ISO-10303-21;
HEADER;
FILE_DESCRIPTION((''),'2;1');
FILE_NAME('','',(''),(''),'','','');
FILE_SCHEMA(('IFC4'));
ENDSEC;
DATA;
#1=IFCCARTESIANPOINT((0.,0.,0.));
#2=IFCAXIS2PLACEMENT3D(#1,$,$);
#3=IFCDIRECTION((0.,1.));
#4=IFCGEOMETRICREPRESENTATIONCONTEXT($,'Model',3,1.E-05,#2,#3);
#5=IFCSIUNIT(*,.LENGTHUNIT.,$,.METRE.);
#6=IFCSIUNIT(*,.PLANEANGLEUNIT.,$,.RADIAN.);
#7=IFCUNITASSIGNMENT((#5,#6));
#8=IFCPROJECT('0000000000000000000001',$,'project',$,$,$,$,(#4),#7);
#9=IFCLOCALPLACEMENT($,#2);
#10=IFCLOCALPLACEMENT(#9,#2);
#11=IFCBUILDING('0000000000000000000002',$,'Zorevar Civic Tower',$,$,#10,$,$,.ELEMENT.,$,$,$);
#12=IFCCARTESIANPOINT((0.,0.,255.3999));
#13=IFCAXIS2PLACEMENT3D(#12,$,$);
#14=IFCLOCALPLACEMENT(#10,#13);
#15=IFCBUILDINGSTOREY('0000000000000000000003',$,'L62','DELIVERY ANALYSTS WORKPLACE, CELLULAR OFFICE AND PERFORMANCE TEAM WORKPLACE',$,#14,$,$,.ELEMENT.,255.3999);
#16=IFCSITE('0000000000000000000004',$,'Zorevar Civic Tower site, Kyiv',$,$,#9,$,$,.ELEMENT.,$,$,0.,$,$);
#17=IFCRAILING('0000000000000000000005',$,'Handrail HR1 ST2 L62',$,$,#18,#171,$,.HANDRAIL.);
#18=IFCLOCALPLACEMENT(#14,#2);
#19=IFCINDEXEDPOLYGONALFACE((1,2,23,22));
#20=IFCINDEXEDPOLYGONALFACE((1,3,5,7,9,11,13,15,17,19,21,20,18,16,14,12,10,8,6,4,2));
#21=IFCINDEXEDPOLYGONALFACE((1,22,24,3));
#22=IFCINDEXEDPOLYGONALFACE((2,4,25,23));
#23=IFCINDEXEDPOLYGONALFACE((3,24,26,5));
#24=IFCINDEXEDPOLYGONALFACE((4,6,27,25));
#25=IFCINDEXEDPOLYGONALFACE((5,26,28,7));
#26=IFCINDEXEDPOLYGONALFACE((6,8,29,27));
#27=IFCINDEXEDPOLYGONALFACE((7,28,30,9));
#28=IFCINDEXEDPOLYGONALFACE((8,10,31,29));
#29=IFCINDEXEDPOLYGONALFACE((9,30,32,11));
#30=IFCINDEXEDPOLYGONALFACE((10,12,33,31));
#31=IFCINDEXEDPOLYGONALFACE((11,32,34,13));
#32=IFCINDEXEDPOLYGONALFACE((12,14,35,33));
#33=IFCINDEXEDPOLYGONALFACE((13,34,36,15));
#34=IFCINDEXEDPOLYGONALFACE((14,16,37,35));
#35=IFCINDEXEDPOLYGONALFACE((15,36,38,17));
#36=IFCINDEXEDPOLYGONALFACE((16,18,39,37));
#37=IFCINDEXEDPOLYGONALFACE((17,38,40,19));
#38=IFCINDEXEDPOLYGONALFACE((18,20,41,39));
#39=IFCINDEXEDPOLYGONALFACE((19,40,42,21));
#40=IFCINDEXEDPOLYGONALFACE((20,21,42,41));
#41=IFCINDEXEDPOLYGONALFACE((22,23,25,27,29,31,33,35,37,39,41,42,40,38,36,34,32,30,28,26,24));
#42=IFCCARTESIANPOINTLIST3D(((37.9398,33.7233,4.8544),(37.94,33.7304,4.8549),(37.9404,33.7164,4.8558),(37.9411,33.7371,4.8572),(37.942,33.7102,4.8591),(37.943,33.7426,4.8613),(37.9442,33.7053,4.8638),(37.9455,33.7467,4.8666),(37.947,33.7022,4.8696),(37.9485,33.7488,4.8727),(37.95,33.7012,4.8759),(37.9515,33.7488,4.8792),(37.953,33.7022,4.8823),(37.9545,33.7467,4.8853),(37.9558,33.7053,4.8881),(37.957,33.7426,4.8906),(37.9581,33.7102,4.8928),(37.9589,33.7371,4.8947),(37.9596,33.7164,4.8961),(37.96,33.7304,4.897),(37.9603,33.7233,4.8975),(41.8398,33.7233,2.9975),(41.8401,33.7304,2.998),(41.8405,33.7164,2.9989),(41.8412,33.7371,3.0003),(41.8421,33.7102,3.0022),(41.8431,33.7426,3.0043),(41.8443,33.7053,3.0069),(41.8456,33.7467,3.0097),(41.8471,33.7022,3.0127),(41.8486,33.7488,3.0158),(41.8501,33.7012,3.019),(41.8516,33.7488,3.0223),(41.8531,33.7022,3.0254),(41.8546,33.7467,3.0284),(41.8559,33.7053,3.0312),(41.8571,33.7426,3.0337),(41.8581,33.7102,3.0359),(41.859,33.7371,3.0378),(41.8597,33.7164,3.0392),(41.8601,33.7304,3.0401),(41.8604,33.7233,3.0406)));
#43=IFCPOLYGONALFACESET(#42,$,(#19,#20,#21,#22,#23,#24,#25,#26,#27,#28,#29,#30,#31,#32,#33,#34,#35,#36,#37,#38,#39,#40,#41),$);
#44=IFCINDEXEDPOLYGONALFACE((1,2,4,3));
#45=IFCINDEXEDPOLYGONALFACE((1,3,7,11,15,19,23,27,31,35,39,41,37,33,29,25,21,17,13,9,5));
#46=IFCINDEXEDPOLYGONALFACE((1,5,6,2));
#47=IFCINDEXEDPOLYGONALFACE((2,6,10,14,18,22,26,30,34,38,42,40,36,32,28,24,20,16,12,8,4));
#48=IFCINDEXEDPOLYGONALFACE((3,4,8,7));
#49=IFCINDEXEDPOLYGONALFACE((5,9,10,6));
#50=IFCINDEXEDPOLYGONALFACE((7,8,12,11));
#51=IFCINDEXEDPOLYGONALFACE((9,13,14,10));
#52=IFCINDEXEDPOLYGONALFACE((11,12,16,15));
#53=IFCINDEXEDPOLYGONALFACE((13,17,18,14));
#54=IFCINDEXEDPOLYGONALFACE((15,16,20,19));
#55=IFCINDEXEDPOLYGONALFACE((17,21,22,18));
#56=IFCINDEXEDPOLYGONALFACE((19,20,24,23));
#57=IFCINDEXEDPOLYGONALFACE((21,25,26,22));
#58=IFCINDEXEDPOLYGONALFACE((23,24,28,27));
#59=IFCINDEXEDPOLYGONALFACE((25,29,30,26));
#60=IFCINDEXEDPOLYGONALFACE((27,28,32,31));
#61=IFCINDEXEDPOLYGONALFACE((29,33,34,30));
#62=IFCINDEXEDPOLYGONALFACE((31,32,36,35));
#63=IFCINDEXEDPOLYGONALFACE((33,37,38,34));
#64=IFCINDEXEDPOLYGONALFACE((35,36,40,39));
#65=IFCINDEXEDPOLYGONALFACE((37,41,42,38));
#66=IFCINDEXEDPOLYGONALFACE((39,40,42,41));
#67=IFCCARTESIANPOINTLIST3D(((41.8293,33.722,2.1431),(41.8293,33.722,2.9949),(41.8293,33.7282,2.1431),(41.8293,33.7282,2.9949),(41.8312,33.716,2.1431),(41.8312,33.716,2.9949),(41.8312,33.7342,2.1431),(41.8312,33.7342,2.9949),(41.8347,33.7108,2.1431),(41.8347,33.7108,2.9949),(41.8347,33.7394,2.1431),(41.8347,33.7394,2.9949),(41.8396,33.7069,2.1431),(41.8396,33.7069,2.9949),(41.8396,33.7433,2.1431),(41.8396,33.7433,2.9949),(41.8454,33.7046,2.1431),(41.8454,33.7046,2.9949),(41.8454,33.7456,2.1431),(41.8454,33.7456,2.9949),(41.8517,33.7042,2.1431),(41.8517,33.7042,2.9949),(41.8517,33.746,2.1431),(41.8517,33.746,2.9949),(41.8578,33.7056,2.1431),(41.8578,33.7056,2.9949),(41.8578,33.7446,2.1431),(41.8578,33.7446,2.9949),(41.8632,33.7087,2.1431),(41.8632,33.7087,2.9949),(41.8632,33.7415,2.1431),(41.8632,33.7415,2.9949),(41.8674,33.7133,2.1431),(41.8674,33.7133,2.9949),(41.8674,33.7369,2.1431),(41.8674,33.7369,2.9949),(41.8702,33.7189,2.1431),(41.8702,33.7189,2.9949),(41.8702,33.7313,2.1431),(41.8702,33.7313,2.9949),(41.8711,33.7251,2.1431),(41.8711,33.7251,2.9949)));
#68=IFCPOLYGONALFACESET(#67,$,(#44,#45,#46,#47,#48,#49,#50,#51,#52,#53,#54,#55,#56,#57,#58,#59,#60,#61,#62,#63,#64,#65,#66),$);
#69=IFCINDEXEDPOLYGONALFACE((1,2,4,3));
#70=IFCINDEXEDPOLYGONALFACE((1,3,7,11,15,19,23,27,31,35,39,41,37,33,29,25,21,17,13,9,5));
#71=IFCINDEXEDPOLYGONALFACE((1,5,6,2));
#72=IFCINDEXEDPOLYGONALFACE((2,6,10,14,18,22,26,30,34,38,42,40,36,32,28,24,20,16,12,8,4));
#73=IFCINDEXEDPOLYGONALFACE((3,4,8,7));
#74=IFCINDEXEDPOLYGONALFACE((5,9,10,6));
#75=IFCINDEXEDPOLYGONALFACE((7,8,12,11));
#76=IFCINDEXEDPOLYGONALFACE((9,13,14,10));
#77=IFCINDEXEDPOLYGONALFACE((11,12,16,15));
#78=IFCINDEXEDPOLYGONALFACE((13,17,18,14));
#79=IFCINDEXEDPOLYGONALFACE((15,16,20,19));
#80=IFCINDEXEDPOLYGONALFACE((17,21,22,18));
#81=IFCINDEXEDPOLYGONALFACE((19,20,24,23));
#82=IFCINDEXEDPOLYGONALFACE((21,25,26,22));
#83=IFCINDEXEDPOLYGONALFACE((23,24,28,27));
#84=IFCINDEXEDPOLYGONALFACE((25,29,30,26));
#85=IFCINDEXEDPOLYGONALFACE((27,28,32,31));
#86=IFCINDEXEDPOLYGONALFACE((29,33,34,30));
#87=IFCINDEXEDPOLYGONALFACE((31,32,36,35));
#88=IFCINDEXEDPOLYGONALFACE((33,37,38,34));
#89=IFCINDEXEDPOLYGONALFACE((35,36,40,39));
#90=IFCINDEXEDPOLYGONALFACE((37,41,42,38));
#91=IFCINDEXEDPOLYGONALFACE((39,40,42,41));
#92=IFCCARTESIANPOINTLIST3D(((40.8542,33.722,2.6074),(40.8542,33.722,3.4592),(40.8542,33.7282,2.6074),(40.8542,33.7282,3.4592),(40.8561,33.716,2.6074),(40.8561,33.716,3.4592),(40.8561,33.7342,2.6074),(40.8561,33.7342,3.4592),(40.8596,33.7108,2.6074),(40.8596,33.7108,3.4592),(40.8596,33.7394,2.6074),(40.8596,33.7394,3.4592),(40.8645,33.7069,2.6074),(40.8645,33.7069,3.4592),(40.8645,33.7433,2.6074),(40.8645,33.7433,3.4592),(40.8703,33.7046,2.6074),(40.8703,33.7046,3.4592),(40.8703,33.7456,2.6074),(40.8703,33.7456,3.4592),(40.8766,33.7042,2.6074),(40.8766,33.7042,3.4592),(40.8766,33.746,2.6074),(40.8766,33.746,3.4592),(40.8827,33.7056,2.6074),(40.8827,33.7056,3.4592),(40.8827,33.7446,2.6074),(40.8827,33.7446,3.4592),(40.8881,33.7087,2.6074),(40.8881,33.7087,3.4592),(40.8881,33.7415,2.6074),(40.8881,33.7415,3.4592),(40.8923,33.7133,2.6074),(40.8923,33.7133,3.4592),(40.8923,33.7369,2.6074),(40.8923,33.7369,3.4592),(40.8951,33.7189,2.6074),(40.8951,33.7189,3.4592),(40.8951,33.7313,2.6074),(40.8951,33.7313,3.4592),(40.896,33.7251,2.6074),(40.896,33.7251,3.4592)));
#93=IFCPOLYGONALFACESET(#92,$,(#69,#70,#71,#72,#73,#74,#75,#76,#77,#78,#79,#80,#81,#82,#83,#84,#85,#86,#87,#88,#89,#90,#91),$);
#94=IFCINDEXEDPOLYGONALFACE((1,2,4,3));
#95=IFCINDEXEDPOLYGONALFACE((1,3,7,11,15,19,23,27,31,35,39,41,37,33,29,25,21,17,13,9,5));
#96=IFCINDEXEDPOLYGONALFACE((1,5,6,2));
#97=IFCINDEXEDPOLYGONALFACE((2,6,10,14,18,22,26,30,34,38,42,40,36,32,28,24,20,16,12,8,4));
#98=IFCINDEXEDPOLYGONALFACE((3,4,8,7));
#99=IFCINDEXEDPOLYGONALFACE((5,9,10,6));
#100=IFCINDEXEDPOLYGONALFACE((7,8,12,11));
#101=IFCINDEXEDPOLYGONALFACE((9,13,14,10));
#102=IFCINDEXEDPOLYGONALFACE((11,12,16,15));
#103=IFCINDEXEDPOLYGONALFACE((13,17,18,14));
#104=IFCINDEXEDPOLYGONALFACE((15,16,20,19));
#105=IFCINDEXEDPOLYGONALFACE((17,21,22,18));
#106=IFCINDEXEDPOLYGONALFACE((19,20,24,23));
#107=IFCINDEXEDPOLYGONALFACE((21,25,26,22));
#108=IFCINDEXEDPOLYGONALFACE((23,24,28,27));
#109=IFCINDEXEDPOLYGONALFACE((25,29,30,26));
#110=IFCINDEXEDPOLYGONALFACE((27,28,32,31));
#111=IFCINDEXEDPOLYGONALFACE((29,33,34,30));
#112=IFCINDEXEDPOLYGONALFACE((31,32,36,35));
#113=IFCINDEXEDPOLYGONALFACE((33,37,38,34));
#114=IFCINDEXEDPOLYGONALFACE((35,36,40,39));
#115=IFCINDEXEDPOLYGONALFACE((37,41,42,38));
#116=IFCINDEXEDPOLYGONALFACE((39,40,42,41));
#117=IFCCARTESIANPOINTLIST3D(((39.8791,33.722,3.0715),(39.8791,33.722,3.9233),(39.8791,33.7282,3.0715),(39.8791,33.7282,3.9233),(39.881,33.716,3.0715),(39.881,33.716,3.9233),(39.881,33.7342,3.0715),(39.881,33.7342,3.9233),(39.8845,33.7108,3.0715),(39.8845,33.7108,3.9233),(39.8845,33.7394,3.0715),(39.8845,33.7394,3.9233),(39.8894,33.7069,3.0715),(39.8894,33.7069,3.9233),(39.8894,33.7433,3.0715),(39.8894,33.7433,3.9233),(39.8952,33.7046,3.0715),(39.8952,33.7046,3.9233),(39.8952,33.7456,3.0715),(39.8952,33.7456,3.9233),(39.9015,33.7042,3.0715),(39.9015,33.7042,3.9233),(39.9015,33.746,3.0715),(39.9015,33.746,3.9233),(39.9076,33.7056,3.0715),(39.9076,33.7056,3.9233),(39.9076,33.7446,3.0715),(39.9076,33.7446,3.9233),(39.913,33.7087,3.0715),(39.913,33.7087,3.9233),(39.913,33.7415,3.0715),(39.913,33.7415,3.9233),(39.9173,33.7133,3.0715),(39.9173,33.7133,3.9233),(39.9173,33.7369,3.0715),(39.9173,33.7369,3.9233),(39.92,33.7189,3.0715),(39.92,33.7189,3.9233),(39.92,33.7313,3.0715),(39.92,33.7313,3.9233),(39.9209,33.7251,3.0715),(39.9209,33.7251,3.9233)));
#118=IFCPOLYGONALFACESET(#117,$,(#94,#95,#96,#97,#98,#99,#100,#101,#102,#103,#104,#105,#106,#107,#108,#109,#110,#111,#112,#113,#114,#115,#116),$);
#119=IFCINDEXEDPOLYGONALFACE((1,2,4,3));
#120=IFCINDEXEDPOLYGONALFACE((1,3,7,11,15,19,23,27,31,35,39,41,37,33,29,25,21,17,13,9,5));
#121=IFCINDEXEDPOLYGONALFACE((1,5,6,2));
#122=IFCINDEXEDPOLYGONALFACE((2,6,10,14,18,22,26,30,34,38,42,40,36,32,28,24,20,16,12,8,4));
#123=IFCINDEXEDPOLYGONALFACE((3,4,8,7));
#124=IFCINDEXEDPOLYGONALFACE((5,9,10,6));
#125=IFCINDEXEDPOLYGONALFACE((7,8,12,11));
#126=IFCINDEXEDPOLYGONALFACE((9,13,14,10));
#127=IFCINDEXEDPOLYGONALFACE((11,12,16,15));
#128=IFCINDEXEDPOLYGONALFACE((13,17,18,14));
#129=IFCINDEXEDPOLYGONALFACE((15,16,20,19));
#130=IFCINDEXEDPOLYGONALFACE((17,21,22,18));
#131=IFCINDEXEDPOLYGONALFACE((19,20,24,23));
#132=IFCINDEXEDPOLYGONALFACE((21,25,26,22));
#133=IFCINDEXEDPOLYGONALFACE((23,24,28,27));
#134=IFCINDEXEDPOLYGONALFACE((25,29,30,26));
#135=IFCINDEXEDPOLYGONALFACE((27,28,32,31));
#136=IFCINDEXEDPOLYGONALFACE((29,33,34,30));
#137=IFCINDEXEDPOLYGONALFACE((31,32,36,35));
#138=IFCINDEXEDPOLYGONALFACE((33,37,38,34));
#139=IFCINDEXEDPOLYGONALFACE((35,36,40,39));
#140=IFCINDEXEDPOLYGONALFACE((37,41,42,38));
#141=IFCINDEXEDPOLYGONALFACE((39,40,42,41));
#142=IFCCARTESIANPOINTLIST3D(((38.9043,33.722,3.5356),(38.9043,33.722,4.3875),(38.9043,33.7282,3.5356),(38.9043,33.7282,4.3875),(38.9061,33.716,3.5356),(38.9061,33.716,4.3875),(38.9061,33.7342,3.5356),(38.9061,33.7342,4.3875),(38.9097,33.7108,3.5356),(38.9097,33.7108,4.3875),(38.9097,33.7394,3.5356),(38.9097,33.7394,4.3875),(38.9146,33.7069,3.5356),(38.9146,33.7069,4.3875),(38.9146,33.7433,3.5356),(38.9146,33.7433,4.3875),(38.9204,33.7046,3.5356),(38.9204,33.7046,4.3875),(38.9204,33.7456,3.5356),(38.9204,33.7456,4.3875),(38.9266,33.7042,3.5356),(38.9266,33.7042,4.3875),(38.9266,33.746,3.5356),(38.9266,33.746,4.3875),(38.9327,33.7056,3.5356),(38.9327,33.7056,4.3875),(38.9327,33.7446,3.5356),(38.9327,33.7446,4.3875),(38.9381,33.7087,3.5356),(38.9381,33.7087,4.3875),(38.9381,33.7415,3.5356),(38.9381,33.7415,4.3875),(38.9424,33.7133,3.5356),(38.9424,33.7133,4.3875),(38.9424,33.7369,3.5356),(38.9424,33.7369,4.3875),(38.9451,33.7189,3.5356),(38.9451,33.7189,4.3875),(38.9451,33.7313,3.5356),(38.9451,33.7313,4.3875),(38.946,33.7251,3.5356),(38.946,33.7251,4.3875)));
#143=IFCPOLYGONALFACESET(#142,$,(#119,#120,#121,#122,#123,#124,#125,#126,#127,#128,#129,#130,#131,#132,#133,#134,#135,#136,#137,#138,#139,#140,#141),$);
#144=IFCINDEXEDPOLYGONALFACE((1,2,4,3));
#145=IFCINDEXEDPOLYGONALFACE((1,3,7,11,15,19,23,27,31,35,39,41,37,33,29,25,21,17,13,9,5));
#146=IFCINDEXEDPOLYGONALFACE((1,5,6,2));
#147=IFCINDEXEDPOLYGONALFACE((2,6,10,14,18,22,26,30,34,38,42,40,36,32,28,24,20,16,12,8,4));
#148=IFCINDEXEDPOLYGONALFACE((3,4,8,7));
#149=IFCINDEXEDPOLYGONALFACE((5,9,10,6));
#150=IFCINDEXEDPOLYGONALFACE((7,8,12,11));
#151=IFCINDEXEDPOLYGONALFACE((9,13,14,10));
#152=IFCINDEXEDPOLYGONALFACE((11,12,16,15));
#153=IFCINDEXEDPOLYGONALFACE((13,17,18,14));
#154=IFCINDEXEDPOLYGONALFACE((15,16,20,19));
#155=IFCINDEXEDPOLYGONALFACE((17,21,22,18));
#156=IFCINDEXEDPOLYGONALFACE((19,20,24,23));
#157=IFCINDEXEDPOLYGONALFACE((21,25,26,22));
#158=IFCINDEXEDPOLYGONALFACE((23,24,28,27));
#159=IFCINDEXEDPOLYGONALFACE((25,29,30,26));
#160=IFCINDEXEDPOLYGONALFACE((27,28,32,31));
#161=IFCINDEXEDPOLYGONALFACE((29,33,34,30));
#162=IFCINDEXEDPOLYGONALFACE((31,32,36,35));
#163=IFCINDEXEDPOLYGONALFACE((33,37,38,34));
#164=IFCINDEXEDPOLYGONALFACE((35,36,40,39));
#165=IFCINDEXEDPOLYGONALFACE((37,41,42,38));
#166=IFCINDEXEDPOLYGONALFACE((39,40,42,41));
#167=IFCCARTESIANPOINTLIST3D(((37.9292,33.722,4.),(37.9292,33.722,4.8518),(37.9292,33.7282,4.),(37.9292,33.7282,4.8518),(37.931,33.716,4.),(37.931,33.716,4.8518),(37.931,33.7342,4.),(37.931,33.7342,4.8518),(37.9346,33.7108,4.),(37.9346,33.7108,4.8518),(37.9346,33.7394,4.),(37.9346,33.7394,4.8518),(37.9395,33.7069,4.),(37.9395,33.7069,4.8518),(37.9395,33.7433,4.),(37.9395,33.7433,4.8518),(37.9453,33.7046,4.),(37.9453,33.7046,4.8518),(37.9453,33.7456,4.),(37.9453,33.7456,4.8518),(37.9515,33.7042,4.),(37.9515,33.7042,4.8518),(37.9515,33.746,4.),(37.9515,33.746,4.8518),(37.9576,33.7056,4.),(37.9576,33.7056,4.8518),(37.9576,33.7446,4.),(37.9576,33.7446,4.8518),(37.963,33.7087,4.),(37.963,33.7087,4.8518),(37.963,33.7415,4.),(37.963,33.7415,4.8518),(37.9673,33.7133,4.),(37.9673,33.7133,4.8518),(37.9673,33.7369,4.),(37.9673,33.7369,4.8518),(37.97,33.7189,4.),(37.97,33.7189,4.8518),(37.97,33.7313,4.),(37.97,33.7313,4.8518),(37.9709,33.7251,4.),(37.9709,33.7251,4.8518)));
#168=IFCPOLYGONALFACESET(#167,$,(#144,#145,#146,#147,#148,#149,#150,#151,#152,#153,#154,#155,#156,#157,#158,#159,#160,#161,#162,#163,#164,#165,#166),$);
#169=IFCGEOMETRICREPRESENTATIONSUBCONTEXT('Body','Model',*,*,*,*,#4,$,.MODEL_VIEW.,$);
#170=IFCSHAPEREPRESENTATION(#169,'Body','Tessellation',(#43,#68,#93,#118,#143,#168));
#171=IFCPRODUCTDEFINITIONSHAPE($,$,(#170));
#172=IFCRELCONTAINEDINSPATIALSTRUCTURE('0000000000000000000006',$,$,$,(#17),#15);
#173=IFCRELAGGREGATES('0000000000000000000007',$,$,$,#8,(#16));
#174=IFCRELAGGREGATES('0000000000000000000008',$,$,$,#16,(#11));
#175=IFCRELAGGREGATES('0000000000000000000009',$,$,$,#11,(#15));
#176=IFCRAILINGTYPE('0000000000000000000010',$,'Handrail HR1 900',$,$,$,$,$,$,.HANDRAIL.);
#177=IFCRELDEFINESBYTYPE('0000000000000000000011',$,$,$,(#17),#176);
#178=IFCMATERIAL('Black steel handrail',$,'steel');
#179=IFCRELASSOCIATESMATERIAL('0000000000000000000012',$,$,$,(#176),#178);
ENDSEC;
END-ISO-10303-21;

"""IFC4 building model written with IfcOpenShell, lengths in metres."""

from ifc_helpers import new_model, si_unit, direction, frame, origin, origin_2d, place, context, subcontext, project, spatial, circle, extrude, material, type_object, element, save


model = new_model("IFC4")

# Units and contexts
model_context = context("Model", 3, precision=1e-05, world=origin(), true_north=direction((0.0, 1.0)))
body_context = subcontext(model_context, "Body", "Model", "MODEL_VIEW")
ifc_project = project(units=[si_unit("LENGTHUNIT", "METRE"), si_unit("PLANEANGLEUNIT", "RADIAN")], contexts=[model_context])

# Site, building, storey
site_placement = place(None, origin())
site = spatial("IfcSite", under=ifc_project, at=site_placement, Name="Zorevar Civic Tower site, Kyiv", CompositionType="ELEMENT", RefElevation=0.0)
building_placement = place(site_placement, origin())
building = spatial("IfcBuilding", under=site, at=building_placement, Name="Zorevar Civic Tower", CompositionType="ELEMENT")
storey_placement = place(building_placement, frame((0.0, 0.0, 255.3999)))
storey = spatial("IfcBuildingStorey", under=building, at=storey_placement, Name="L62", Description="DELIVERY ANALYSTS WORKPLACE, CELLULAR OFFICE AND PERFORMANCE TEAM WORKPLACE", CompositionType="ELEMENT", Elevation=255.3999)

# Railing
ifc_material_1 = material(Name="Black steel handrail", Category="steel")
railing_type = type_object("IfcRailingType", Name="Handrail HR1 900", PredefinedType="HANDRAIL", material=ifc_material_1)
railing_1_placement = place(storey_placement, frame((41.8501, 33.7251, 2.1431)))
element("IfcRailing", 1, at=railing_1_placement, inside=storey, type_object=railing_type, Name="Handrail HR1 ST2 L62", PredefinedType="HANDRAIL", context=body_context, shape_type="SweptSolid", body=[
    extrude(circle(Radius=0.0239, at=origin_2d()), frame((0.0, 0.0, 0.876), z_axis=(-0.902886, 0.0, 0.429881), x_axis=(0.0, -1.0, 0.0)), (0.0, 0.0, 1.0), 4.3196),
    extrude(circle(Radius=0.021, at=origin_2d()), origin(), (0.0, 0.0, 1.0), 0.8518),
    extrude(circle(Radius=0.021, at=origin_2d()), frame((-0.9751, 0.0, 0.4644)), (0.0, 0.0, 1.0), 0.8518),
    extrude(circle(Radius=0.021, at=origin_2d()), frame((-1.9502, 0.0, 0.9285)), (0.0, 0.0, 1.0), 0.8518),
    extrude(circle(Radius=0.021, at=origin_2d()), frame((-2.925, 0.0, 1.3926)), (0.0, 0.0, 1.0), 0.8518),
    extrude(circle(Radius=0.021, at=origin_2d()), frame((-3.9001, 0.0, 1.8569)), (0.0, 0.0, 1.0), 0.8518),
])

save(model, "model.ifc")
